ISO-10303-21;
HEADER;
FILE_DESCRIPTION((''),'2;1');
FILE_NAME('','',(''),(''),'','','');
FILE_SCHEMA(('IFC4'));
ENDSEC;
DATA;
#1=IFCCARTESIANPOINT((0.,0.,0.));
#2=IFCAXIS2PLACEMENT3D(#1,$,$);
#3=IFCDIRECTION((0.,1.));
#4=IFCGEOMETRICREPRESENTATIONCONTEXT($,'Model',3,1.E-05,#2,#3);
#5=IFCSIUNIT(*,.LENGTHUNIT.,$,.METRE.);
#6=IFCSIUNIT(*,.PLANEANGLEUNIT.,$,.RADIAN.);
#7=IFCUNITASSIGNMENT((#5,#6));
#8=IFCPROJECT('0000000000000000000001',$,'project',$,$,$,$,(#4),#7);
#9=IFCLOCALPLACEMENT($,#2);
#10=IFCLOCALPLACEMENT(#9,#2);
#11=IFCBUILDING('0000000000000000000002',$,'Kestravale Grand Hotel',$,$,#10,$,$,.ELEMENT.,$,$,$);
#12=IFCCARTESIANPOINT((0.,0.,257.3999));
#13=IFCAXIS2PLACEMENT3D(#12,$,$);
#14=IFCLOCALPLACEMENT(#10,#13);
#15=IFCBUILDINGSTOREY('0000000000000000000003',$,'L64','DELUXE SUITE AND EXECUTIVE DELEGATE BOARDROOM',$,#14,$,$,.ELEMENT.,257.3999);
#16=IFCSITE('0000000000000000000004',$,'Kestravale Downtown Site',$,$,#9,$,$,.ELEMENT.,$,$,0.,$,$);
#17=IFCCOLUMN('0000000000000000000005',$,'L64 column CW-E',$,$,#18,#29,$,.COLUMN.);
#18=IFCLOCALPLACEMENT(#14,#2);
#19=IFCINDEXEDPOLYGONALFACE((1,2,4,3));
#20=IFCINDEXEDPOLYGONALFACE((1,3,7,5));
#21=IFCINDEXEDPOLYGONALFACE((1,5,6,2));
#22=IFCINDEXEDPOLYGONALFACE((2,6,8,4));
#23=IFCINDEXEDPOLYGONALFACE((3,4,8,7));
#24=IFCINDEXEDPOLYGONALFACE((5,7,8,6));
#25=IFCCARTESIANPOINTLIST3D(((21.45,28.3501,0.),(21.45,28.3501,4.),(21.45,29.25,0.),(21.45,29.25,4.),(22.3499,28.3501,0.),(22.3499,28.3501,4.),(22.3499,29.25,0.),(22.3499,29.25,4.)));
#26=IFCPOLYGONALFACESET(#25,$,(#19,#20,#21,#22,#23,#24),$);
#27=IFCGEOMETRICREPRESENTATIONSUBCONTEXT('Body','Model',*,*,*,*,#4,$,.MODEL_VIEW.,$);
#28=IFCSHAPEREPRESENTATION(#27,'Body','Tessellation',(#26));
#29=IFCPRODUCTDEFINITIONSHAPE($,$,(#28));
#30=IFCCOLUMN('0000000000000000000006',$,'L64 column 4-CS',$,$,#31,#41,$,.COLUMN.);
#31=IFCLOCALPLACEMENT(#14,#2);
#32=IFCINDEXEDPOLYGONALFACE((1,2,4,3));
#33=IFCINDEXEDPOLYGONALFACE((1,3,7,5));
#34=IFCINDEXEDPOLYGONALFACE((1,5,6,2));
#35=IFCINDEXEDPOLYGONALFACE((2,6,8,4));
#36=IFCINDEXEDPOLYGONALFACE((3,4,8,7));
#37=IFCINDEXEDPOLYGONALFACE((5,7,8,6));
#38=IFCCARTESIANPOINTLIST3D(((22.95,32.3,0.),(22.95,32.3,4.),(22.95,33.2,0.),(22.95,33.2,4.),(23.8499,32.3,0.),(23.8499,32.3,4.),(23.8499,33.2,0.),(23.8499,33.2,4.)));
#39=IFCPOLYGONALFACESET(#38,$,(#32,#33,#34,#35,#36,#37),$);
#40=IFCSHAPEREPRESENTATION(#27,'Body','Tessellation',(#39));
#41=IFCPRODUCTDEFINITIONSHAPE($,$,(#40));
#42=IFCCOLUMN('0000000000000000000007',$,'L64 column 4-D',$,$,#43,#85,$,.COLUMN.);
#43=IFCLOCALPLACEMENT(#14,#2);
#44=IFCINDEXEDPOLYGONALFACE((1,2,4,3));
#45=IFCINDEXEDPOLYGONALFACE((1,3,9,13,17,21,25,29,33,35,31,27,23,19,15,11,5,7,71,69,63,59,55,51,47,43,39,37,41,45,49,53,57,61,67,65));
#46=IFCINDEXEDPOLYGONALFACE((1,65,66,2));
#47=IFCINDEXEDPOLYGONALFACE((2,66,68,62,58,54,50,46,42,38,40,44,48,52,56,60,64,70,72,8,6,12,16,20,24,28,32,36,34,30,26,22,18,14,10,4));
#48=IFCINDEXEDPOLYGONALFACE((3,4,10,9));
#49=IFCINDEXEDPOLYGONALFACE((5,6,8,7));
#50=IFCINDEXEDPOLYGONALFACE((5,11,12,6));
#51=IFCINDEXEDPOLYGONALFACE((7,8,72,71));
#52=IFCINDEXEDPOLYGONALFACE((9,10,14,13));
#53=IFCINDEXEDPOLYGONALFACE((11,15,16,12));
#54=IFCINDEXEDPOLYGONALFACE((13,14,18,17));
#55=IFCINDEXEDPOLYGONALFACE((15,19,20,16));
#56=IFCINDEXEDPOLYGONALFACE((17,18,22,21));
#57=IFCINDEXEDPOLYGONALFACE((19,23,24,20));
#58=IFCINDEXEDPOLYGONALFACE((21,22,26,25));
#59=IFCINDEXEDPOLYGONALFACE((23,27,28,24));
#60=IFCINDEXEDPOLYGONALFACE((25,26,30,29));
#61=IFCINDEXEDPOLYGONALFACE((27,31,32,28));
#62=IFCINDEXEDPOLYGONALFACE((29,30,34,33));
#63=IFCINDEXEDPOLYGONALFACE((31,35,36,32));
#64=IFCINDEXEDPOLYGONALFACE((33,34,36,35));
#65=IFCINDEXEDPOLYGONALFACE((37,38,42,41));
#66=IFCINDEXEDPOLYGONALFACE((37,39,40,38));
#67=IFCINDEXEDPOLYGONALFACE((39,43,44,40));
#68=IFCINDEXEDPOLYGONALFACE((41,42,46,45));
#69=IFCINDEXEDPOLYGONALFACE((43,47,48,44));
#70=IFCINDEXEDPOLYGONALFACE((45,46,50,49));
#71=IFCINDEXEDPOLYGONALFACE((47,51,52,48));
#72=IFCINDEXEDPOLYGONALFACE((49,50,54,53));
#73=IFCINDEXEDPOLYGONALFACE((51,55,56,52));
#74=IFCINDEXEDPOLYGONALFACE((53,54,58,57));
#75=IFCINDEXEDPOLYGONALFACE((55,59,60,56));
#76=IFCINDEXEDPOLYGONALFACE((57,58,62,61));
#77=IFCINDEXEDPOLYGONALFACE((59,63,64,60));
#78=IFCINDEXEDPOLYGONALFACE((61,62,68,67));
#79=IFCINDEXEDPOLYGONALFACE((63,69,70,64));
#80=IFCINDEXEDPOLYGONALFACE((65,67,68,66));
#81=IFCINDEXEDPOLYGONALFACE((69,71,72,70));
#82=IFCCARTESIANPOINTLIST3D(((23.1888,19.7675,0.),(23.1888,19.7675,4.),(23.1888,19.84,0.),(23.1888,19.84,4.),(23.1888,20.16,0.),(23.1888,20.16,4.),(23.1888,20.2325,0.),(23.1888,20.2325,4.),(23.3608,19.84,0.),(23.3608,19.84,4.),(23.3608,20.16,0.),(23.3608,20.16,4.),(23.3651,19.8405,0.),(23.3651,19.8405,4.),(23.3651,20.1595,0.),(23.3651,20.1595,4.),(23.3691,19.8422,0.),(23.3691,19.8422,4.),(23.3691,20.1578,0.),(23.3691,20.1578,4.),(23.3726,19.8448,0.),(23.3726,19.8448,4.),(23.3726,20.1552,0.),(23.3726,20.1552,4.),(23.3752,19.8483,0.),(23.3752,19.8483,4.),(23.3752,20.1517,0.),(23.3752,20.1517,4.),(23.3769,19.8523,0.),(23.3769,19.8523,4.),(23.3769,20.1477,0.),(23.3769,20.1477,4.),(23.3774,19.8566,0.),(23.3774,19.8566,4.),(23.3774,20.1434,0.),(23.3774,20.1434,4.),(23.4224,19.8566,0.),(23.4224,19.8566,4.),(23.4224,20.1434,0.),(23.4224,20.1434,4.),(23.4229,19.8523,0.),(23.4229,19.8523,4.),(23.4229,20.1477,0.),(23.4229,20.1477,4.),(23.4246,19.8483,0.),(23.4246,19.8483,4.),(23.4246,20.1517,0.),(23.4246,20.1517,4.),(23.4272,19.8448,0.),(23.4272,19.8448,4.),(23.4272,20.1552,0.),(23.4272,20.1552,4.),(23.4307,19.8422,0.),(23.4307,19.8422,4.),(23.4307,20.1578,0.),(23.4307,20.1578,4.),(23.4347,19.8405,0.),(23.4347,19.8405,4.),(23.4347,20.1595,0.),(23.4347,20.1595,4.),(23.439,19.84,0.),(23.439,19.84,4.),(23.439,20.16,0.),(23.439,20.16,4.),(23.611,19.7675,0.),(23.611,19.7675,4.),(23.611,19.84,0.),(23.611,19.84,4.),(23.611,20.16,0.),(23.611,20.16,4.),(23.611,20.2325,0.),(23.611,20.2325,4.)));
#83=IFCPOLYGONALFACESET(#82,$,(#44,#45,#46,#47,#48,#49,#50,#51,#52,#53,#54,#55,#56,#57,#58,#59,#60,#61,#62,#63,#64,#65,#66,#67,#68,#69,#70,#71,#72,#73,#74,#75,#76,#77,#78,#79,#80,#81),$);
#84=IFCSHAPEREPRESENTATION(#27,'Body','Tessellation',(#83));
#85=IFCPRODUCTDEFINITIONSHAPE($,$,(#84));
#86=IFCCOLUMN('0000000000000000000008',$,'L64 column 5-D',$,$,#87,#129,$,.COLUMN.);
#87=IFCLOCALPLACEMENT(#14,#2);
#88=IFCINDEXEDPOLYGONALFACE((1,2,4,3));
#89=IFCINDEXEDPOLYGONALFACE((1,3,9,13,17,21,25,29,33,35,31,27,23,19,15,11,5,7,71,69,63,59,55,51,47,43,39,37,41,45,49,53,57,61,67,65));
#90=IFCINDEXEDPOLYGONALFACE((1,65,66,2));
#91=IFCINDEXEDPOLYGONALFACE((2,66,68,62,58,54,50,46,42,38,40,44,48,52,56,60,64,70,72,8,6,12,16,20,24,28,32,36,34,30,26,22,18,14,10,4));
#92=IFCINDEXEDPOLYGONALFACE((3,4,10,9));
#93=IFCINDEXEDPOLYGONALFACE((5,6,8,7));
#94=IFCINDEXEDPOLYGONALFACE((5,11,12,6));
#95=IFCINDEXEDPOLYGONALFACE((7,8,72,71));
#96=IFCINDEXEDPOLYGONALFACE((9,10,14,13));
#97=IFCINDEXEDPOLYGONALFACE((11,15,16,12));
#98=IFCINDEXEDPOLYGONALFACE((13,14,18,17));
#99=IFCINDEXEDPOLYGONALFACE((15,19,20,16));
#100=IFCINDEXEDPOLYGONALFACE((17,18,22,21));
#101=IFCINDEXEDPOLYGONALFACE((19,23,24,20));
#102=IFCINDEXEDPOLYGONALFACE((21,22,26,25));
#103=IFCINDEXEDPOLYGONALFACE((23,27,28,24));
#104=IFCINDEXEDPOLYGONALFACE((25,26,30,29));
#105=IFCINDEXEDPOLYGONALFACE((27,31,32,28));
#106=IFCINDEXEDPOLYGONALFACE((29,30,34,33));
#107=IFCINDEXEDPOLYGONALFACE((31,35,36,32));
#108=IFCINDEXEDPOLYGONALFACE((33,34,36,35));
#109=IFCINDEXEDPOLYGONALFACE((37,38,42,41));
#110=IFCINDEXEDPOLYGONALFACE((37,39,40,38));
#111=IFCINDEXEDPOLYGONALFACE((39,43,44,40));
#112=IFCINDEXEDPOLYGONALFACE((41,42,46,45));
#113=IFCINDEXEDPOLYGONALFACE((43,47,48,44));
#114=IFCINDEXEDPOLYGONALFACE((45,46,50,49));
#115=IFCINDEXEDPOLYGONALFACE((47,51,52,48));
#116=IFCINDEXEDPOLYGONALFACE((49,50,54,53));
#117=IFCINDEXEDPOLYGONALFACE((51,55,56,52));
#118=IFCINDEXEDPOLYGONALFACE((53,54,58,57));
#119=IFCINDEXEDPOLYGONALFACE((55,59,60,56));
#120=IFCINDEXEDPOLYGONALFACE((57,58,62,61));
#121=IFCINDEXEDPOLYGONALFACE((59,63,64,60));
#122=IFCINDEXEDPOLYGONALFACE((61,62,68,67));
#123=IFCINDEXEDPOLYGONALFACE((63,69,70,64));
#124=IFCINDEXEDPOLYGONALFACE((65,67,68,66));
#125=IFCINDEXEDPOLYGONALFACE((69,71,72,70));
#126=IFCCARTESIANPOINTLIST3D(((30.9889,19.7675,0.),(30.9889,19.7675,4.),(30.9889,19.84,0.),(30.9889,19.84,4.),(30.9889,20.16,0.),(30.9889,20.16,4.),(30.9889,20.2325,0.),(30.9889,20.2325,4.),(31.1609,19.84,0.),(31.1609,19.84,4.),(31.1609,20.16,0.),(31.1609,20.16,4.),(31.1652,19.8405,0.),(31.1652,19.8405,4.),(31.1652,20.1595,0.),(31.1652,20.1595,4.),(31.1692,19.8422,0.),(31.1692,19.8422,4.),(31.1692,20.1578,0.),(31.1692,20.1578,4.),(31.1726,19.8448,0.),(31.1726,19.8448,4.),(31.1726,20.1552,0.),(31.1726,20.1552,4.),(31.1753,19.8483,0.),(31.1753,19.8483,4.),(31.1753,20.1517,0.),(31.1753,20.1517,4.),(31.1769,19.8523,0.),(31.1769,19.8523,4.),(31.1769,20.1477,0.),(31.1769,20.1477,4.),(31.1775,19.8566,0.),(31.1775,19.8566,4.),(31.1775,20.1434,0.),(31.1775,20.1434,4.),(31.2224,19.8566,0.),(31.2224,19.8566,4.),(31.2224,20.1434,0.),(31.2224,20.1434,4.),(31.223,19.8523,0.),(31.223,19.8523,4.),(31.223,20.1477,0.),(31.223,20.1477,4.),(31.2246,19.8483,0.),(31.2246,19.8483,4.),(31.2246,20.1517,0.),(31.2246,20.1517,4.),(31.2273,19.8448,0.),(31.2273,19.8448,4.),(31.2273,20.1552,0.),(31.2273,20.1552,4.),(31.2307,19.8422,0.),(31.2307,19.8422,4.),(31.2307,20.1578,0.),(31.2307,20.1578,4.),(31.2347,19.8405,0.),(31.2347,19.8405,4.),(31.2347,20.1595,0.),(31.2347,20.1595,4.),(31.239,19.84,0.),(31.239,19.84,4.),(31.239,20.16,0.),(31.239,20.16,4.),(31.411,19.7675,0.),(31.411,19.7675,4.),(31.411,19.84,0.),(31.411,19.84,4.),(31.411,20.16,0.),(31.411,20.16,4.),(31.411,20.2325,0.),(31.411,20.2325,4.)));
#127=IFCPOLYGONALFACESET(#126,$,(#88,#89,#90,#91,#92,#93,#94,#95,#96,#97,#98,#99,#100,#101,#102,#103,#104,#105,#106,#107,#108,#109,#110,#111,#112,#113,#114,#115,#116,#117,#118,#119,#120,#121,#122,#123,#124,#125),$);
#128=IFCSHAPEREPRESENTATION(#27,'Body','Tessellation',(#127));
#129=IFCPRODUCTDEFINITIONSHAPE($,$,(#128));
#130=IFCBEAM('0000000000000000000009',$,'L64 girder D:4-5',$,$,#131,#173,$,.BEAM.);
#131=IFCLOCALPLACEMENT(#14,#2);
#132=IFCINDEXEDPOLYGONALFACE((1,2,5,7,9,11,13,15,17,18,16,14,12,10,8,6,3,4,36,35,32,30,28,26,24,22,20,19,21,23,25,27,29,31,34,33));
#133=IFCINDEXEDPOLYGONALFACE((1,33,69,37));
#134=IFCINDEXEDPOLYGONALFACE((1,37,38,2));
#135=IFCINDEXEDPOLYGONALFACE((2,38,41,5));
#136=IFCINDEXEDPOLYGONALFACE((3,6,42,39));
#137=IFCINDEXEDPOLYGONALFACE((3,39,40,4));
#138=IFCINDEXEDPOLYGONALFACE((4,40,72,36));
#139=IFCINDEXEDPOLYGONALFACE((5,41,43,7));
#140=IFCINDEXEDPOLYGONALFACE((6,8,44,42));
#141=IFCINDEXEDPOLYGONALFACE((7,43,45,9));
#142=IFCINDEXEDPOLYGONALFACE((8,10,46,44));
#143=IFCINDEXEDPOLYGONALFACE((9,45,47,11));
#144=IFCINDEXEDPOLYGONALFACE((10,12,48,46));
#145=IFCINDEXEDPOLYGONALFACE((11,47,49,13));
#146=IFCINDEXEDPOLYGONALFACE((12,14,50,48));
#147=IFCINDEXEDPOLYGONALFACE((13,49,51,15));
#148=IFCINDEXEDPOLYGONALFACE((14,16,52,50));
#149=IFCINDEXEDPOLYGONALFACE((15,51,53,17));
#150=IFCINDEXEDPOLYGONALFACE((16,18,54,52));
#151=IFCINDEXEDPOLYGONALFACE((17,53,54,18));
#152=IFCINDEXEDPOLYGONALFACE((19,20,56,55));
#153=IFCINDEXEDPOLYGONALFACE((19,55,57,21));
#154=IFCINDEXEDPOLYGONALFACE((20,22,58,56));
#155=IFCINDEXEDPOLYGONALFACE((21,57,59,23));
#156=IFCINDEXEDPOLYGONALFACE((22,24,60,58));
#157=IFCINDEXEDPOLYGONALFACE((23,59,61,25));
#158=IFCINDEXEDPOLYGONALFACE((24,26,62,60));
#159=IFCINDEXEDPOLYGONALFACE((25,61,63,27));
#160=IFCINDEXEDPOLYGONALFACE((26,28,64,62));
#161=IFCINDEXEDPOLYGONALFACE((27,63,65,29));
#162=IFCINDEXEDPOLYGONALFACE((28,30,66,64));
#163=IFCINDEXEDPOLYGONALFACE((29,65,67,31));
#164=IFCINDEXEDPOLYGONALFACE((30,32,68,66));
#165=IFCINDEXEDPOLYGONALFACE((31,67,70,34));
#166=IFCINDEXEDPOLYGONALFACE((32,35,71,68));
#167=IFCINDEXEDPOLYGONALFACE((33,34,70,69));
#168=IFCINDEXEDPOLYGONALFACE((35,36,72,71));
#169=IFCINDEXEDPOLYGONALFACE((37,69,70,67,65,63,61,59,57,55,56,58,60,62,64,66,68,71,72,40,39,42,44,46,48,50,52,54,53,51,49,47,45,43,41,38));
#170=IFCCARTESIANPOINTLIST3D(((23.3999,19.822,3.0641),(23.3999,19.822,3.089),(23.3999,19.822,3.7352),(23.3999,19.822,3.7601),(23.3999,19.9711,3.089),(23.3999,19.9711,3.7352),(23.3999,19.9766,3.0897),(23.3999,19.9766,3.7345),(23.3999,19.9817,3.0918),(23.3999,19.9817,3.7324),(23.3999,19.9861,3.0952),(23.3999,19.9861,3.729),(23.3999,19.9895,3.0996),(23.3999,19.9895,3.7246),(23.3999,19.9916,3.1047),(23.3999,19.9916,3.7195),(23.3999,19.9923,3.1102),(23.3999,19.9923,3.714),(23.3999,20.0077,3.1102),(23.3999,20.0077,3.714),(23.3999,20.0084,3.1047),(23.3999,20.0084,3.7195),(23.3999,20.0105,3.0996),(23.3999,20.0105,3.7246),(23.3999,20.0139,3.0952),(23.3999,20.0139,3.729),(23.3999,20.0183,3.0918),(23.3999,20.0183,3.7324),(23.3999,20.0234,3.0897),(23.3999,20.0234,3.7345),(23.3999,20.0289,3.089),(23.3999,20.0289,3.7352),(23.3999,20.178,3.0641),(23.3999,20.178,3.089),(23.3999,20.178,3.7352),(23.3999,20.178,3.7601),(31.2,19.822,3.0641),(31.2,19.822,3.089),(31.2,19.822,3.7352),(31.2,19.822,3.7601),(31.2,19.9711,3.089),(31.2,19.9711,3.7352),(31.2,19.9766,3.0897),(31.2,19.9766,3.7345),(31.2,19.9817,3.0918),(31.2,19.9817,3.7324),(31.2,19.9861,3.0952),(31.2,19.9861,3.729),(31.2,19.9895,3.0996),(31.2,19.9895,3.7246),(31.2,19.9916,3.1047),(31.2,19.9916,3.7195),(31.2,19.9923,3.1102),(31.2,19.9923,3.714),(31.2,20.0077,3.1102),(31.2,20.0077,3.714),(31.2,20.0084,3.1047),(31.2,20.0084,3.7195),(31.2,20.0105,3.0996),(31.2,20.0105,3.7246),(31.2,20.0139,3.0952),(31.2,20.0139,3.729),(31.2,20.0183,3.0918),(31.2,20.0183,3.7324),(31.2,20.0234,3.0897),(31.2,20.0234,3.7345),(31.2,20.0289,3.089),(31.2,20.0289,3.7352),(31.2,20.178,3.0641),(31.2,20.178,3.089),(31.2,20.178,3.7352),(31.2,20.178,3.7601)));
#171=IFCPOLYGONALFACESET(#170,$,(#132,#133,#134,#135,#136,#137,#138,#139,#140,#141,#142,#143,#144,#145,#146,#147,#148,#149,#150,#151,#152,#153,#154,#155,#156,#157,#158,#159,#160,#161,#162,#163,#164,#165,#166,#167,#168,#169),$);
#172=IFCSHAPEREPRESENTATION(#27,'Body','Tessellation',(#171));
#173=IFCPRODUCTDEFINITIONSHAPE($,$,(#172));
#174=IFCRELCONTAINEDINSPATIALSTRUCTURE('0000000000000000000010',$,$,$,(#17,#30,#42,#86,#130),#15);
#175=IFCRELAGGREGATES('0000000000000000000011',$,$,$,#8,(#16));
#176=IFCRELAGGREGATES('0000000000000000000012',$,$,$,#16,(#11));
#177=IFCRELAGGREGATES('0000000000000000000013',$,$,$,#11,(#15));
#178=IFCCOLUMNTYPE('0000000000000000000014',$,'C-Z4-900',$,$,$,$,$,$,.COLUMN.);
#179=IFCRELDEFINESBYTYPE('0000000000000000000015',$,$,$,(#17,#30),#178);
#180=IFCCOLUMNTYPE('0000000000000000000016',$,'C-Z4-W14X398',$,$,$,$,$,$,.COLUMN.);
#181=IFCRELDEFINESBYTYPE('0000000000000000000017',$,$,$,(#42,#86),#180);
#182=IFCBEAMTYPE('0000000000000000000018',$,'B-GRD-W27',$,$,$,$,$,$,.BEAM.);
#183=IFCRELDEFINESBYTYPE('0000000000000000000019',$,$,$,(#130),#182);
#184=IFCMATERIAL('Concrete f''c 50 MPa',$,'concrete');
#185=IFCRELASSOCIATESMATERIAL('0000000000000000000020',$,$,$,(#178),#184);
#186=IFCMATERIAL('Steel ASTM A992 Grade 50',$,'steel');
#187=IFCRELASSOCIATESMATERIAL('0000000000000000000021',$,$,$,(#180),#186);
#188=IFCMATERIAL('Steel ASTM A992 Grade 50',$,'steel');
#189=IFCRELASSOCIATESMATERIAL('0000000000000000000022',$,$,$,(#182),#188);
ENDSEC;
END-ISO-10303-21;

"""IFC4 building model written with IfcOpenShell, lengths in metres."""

from ifc_helpers import new_model, si_unit, direction, frame, origin, origin_2d, place, context, subcontext, project, spatial, rectangle, i_section, extrude, material, material_profile, profile_set, type_object, element, save


model = new_model("IFC4")

# Units and contexts
model_context = context("Model", 3, precision=1e-05, world=origin(), true_north=direction((0.0, 1.0)))
body_context = subcontext(model_context, "Body", "Model", "MODEL_VIEW")
ifc_project = project(units=[si_unit("LENGTHUNIT", "METRE"), si_unit("PLANEANGLEUNIT", "RADIAN")], contexts=[model_context])

# Site, building, storey
site_placement = place(None, origin())
site = spatial("IfcSite", under=ifc_project, at=site_placement, Name="Kestravale Downtown Site", CompositionType="ELEMENT", RefElevation=0.0)
building_placement = place(site_placement, origin())
building = spatial("IfcBuilding", under=site, at=building_placement, Name="Kestravale Grand Hotel", CompositionType="ELEMENT")
storey_placement = place(building_placement, frame((0.0, 0.0, 257.3999)))
storey = spatial("IfcBuildingStorey", under=building, at=storey_placement, Name="L64", Description="DELUXE SUITE AND EXECUTIVE DELEGATE BOARDROOM", CompositionType="ELEMENT", Elevation=257.3999)

# Columns
ifc_material_1 = material(Name="Concrete f'c 50 MPa", Category="concrete")
ifc_material_profile_1 = material_profile(ifc_material_1, rectangle(XDim=0.8999, YDim=0.8999, at=origin_2d()))
ifc_profile_set_1 = profile_set([ifc_material_profile_1], Name="Concrete f'c 50 MPa")
column_type_1 = type_object("IfcColumnType", Name="C-Z4-900", PredefinedType="COLUMN", material=ifc_profile_set_1)
for number, where, z_axis, x_axis, name in (
    (1, (21.8999, 28.8, 0.0), (0.0, 0.0, 1.0), (1.0, 0.0, 0.0), "L64 column CW-E"),
    (2, (23.3999, 32.75, 0.0), (0.0, 0.0, 1.0), (1.0, 0.0, 0.0), "L64 column 4-CS"),
):
    element("IfcColumn", number, at=place(storey_placement, frame(where, z_axis=z_axis, x_axis=x_axis)), inside=storey, type_object=column_type_1, Name=name, PredefinedType="COLUMN", context=body_context, shape_type="SweptSolid", body=[
        extrude(rectangle(XDim=0.8999, YDim=0.8999, at=origin_2d()), origin(), (0.0, 0.0, 1.0), 4.0),
    ])
ifc_material_2 = material(Name="Steel ASTM A992 Grade 50", Category="steel")
ifc_material_profile_2 = material_profile(ifc_material_2, i_section(OverallWidth=0.4221, OverallDepth=0.4651, WebThickness=0.0449, FlangeThickness=0.0725, FilletRadius=0.0166, at=origin_2d()))
ifc_profile_set_2 = profile_set([ifc_material_profile_2], Name="Steel ASTM A992 Grade 50")
column_type_2 = type_object("IfcColumnType", Name="C-Z4-W14X398", PredefinedType="COLUMN", material=ifc_profile_set_2)
for number, where, z_axis, x_axis, name in (
    (3, (23.3999, 20.0, 0.0), (0.0, 0.0, 1.0), (1.0, 0.0, 0.0), "L64 column 4-D"),
    (4, (31.2, 20.0, 0.0), (0.0, 0.0, 1.0), (1.0, 0.0, 0.0), "L64 column 5-D"),
):
    element("IfcColumn", number, at=place(storey_placement, frame(where, z_axis=z_axis, x_axis=x_axis)), inside=storey, type_object=column_type_2, Name=name, PredefinedType="COLUMN", context=body_context, shape_type="SweptSolid", body=[
        extrude(i_section(OverallWidth=0.4221, OverallDepth=0.4651, WebThickness=0.0449, FlangeThickness=0.0725, FilletRadius=0.0166, at=origin_2d()), origin(), (0.0, 0.0, 1.0), 4.0),
    ])

# Beam
ifc_material_3 = material(Name="Steel ASTM A992 Grade 50", Category="steel")
ifc_material_profile_3 = material_profile(ifc_material_3, i_section(OverallWidth=0.356, OverallDepth=0.696, WebThickness=0.0154, FlangeThickness=0.0249, FilletRadius=0.0212, at=origin_2d()))
ifc_profile_set_3 = profile_set([ifc_material_profile_3], Name="Steel ASTM A992 Grade 50")
beam_type = type_object("IfcBeamType", Name="B-GRD-W27", PredefinedType="BEAM", material=ifc_profile_set_3)
beam_1_placement = place(storey_placement, frame((23.3999, 20.0, 3.4121), z_axis=(1.0, 0.0, 0.0), x_axis=(0.0, 1.0, 0.0)))
element("IfcBeam", 5, at=beam_1_placement, inside=storey, type_object=beam_type, Name="L64 girder D:4-5", PredefinedType="BEAM", context=body_context, shape_type="SweptSolid", body=[
    extrude(i_section(OverallWidth=0.356, OverallDepth=0.696, WebThickness=0.0154, FlangeThickness=0.0249, FilletRadius=0.0212, at=origin_2d()), origin(), (0.0, 0.0, 1.0), 7.8),
])

save(model, "model.ifc")
